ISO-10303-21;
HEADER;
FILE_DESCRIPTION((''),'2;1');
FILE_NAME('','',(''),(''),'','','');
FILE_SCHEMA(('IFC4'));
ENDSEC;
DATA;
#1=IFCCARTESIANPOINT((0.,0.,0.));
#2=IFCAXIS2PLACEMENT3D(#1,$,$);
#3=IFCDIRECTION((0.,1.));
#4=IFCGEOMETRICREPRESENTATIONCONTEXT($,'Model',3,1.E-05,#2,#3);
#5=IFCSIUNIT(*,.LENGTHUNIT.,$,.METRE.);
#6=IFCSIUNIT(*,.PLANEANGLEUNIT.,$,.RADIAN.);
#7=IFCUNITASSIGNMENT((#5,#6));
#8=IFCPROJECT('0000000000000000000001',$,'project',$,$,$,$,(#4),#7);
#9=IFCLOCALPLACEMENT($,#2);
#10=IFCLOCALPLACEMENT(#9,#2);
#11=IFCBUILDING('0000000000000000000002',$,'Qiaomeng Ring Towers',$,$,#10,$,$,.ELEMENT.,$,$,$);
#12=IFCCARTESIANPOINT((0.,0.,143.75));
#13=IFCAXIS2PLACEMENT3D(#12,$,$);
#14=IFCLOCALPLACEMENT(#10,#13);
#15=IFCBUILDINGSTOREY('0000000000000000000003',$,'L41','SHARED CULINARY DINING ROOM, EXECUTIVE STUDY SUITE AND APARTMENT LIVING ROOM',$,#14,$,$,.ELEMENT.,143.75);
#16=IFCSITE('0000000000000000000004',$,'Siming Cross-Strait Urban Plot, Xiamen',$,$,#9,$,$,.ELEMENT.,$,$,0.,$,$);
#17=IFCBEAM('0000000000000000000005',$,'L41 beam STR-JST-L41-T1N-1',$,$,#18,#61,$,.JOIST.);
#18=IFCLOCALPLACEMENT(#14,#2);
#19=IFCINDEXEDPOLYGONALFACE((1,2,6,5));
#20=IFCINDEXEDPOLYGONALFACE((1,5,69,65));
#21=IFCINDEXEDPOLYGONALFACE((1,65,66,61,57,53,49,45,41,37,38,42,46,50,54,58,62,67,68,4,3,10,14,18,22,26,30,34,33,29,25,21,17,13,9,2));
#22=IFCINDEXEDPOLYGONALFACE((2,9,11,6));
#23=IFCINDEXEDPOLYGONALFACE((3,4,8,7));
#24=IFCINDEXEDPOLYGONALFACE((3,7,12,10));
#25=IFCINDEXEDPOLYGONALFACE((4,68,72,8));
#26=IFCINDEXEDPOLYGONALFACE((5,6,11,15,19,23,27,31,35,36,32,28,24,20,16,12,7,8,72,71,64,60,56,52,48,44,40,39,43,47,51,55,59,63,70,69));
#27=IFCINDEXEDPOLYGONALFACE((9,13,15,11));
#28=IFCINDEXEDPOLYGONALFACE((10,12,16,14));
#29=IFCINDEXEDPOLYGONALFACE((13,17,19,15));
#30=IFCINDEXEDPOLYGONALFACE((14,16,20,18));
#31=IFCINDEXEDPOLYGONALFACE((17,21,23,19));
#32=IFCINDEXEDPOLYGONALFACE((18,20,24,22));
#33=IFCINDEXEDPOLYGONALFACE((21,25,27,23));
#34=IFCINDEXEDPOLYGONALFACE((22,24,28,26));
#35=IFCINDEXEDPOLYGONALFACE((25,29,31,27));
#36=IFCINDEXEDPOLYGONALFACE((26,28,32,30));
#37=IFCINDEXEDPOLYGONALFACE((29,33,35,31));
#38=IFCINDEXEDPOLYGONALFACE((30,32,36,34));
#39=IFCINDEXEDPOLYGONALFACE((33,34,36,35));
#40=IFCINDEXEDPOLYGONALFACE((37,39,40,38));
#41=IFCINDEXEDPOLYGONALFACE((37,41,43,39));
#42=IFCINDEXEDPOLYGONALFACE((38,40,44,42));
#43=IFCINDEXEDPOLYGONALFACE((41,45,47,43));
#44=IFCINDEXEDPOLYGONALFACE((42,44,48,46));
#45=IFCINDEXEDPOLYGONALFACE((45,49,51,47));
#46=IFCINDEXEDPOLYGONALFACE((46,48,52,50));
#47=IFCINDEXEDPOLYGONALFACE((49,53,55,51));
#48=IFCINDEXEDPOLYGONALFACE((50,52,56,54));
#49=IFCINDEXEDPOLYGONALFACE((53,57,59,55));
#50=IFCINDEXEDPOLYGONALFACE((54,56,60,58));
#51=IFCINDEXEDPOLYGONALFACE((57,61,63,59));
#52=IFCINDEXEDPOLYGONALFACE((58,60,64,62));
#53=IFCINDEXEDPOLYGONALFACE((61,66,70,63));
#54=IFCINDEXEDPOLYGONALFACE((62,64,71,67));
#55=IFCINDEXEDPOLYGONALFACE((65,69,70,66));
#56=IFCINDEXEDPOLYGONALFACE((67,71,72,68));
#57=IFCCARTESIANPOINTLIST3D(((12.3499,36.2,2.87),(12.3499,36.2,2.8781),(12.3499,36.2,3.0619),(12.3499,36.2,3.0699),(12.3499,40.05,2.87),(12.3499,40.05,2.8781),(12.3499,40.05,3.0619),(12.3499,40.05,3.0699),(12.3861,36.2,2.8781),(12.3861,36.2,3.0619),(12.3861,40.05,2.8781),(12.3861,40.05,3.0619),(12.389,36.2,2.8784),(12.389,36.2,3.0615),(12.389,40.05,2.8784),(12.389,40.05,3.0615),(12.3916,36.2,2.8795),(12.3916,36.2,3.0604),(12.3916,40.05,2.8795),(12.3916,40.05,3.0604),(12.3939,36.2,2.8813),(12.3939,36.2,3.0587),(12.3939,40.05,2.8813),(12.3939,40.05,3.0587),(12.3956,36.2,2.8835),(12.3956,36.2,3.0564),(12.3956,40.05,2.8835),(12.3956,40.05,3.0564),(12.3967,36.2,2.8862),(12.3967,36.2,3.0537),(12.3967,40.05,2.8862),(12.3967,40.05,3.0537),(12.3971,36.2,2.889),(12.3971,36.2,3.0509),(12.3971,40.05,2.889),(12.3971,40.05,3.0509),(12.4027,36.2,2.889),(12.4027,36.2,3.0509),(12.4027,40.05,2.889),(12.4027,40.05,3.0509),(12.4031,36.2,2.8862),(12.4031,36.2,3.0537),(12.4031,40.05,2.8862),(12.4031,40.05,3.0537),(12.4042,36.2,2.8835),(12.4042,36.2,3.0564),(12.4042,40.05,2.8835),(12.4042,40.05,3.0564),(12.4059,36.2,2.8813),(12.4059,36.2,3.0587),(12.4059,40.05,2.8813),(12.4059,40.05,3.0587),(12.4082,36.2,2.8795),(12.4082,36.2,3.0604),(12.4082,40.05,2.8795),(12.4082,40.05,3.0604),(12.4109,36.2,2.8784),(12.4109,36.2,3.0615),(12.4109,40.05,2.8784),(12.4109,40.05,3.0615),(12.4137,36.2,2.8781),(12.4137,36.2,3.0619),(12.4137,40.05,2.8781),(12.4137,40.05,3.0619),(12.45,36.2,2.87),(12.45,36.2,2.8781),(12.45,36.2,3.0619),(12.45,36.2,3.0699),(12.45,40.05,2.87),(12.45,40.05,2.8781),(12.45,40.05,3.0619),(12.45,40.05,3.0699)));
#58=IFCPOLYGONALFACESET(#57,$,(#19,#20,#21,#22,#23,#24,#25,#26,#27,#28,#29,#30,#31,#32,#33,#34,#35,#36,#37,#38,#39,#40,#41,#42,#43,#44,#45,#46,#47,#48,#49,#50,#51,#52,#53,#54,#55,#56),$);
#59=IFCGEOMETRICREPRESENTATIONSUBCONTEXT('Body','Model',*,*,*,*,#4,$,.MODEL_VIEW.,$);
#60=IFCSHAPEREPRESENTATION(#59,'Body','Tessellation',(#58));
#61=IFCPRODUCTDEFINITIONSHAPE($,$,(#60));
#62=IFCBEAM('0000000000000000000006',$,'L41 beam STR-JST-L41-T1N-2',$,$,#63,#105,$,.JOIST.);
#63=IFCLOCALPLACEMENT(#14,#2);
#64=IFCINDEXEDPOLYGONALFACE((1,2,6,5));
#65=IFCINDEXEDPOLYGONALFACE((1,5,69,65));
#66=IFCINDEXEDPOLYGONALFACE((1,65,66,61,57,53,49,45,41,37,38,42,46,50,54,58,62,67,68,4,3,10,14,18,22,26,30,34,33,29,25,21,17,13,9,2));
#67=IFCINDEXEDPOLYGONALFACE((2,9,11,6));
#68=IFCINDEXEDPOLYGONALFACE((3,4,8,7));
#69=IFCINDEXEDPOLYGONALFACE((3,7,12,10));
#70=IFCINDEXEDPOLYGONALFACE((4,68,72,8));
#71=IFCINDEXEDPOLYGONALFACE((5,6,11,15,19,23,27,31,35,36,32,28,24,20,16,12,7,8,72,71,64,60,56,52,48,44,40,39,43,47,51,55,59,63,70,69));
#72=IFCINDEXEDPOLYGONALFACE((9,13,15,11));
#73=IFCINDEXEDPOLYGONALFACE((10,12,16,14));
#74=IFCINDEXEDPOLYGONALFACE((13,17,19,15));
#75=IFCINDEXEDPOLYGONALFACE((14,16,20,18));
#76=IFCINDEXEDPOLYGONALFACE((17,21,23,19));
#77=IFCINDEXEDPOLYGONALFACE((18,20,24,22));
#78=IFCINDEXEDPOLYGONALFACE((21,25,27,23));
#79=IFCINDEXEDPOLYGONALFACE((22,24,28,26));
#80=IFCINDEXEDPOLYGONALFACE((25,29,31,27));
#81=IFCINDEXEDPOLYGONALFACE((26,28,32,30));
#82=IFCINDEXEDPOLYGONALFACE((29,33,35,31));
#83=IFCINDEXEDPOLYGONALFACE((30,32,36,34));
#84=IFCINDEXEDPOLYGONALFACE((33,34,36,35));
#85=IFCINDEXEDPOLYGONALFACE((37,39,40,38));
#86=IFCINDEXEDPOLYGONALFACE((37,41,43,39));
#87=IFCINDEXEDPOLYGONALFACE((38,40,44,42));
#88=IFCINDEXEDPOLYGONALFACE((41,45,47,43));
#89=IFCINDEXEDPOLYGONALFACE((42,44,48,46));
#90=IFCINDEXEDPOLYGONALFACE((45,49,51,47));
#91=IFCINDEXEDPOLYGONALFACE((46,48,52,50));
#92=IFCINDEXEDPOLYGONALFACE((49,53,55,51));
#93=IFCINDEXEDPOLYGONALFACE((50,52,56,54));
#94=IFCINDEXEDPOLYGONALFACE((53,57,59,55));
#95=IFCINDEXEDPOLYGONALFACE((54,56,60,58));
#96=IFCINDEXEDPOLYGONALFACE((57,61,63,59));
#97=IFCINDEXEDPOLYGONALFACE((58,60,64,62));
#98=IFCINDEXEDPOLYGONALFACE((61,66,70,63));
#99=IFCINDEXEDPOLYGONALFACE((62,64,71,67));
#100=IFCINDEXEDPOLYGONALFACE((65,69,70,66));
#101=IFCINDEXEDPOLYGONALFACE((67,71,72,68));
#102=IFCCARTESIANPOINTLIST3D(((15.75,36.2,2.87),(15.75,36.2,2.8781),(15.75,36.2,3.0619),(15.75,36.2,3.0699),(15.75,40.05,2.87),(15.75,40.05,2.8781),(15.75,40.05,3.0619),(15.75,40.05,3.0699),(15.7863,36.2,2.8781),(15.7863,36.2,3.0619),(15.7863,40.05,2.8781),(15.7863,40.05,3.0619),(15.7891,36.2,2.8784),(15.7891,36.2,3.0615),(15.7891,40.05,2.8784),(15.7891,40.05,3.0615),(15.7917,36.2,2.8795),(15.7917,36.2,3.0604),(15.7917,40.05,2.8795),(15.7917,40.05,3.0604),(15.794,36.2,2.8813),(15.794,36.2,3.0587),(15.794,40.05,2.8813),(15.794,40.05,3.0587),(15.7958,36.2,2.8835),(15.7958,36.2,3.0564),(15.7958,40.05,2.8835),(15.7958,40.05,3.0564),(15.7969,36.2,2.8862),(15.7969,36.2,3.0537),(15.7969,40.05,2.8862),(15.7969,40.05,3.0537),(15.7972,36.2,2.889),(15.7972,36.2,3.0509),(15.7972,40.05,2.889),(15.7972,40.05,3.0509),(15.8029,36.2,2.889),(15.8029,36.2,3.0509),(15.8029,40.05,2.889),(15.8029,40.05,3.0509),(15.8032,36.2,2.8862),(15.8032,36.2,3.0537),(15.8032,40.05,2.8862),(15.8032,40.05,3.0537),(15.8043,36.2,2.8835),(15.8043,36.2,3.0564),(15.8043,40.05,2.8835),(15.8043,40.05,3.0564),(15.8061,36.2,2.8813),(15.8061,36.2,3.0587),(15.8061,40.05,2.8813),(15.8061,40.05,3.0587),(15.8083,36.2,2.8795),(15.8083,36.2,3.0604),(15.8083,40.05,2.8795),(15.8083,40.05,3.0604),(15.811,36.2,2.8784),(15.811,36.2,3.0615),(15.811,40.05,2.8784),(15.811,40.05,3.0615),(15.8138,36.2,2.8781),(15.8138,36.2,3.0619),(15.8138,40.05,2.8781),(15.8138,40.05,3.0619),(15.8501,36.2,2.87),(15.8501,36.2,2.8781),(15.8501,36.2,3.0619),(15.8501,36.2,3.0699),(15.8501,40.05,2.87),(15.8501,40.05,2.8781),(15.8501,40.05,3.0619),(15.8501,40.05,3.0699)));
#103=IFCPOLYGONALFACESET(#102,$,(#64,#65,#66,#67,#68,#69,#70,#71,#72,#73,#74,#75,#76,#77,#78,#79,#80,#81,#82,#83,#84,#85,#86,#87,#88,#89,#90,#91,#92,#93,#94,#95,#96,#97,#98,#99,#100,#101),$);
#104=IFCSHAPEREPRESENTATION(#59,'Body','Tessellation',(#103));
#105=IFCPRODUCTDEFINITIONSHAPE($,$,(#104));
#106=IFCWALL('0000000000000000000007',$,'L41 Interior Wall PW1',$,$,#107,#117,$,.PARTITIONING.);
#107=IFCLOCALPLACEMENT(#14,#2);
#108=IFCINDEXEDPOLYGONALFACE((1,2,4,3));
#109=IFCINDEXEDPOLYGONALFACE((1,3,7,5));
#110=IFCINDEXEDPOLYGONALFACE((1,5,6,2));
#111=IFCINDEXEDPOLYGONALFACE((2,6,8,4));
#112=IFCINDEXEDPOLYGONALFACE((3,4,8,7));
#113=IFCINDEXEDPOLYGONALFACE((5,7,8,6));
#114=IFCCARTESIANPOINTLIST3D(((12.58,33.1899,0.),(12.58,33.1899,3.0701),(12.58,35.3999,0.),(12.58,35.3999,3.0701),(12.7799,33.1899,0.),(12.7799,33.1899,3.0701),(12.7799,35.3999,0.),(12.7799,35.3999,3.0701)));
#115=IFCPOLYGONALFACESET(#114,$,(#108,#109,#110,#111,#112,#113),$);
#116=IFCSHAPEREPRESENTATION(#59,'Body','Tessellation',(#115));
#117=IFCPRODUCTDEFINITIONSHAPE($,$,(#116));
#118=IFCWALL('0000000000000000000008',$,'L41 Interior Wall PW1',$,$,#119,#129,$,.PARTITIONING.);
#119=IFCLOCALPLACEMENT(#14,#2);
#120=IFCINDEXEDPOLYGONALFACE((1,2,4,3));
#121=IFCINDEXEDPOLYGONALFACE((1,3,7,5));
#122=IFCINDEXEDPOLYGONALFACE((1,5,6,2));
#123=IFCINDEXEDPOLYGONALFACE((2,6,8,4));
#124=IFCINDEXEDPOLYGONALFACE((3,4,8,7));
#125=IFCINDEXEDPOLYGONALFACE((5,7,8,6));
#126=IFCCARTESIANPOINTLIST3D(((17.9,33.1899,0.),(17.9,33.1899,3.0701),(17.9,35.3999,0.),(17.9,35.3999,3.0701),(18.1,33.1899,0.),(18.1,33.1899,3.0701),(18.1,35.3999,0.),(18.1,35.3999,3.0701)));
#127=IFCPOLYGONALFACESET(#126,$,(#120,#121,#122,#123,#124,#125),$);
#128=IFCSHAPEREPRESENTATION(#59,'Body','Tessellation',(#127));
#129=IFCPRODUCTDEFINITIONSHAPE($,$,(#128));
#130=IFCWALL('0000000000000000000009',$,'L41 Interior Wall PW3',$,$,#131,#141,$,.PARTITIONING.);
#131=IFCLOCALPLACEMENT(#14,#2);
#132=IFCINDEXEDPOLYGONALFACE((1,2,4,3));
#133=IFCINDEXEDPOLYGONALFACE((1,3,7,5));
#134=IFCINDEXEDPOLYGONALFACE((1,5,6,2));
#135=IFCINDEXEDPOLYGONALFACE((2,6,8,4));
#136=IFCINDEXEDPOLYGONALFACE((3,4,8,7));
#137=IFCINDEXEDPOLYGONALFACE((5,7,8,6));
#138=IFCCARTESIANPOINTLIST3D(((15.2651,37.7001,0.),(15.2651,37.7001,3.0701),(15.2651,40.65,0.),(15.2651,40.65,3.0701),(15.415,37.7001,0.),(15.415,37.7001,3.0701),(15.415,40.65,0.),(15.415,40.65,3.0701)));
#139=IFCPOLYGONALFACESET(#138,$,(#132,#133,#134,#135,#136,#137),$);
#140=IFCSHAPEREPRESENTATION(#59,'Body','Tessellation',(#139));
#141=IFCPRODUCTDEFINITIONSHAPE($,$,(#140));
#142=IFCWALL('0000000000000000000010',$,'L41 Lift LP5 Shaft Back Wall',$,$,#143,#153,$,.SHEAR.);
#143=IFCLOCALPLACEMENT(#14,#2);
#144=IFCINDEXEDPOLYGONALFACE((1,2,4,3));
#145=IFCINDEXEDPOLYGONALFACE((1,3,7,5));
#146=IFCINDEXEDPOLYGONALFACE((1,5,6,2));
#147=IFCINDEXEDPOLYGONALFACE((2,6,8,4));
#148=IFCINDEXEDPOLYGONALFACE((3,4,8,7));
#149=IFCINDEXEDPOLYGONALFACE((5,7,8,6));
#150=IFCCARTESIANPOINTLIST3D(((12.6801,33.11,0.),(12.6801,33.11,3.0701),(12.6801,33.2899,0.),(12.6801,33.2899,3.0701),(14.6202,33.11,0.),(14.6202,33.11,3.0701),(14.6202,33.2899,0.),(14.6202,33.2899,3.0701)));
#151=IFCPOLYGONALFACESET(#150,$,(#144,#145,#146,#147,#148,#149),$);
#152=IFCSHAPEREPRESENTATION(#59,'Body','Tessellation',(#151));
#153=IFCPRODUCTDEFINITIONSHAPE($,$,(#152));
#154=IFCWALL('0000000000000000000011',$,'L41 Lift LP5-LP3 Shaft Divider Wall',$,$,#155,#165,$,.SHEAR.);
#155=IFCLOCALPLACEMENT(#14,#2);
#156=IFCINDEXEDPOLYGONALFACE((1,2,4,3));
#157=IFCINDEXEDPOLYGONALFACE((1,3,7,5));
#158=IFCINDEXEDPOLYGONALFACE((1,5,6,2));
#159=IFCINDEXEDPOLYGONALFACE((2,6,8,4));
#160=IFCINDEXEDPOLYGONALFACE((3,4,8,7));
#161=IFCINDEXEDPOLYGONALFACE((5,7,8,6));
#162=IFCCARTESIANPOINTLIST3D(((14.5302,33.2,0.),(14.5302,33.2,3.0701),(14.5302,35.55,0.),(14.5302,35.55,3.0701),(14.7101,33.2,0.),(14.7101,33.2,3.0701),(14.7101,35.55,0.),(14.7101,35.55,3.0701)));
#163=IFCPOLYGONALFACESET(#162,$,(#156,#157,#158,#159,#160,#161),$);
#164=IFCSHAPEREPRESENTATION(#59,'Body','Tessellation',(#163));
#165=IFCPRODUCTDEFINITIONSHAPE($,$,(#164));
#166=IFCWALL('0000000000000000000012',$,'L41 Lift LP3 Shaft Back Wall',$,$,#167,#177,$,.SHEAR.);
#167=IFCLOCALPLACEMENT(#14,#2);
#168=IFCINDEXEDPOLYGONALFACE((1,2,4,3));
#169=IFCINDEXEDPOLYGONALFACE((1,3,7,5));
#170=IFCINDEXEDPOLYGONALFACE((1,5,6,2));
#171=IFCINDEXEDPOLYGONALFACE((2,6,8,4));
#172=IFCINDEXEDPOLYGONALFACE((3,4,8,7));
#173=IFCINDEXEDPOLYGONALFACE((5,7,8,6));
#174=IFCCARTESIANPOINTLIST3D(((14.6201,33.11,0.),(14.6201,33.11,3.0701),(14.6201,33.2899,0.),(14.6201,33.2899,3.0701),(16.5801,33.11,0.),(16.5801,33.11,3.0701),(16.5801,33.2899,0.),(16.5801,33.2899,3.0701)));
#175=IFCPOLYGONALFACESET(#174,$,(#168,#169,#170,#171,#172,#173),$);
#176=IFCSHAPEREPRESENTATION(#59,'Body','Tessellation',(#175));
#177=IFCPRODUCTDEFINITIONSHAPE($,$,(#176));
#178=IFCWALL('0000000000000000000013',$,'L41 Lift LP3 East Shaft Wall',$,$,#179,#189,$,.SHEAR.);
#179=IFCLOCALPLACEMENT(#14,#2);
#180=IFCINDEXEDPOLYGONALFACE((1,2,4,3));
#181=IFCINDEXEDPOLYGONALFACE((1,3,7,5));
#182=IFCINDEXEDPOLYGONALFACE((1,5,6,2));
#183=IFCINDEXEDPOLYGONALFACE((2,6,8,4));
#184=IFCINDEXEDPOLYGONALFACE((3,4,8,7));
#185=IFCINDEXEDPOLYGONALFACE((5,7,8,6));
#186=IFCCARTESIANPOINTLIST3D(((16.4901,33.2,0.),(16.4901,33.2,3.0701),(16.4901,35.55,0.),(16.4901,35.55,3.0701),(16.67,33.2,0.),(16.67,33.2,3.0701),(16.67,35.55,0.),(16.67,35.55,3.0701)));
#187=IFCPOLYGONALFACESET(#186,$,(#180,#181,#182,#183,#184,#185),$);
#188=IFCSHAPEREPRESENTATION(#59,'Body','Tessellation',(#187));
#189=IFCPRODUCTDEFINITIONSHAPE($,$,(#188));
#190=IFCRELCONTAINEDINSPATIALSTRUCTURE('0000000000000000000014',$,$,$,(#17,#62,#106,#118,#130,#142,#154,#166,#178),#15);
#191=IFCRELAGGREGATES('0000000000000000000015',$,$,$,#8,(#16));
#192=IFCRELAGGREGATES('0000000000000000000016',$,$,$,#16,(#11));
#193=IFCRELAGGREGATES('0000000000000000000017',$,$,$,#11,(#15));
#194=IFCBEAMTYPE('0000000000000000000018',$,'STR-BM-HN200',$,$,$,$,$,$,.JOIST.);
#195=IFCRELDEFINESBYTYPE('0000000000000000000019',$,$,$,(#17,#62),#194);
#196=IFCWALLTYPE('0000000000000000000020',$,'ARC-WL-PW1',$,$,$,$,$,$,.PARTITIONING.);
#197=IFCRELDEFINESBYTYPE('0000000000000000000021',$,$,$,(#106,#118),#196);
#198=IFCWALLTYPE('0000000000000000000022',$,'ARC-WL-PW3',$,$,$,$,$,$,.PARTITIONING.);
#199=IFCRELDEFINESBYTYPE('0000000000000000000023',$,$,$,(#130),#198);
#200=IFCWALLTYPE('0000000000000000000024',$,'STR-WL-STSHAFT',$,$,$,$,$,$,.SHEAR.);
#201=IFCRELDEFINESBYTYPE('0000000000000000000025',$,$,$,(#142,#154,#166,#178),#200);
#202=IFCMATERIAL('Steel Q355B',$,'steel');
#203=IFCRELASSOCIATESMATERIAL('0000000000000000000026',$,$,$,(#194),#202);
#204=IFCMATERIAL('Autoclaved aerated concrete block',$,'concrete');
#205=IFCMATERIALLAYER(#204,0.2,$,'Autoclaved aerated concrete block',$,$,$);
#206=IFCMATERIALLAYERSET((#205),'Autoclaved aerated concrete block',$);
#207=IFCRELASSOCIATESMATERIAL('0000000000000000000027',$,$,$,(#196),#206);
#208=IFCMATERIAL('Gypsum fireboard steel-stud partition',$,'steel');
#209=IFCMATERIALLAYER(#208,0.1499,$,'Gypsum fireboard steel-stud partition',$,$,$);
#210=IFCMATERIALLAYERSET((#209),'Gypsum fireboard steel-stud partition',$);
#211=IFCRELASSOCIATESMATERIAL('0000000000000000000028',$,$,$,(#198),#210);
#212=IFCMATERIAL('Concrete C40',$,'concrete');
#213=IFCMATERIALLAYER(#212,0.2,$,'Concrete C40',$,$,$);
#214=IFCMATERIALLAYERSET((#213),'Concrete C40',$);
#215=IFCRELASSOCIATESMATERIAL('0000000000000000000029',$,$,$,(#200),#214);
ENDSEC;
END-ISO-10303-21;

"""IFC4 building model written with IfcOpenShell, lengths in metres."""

from ifc_helpers import new_model, si_unit, direction, frame, frame_2d, origin, origin_2d, place, context, subcontext, project, spatial, rectangle, i_section, extrude, source, transform, mapped, material, layer, layer_set, material_profile, profile_set, type_object, element, save


model = new_model("IFC4")

# Units and contexts
model_context = context("Model", 3, precision=1e-05, world=origin(), true_north=direction((0.0, 1.0)))
body_context = subcontext(model_context, "Body", "Model", "MODEL_VIEW")
ifc_project = project(units=[si_unit("LENGTHUNIT", "METRE"), si_unit("PLANEANGLEUNIT", "RADIAN")], contexts=[model_context])

# Site, building, storey
site_placement = place(None, origin())
site = spatial("IfcSite", under=ifc_project, at=site_placement, Name="Siming Cross-Strait Urban Plot, Xiamen", CompositionType="ELEMENT", RefElevation=0.0)
building_placement = place(site_placement, origin())
building = spatial("IfcBuilding", under=site, at=building_placement, Name="Qiaomeng Ring Towers", CompositionType="ELEMENT")
storey_placement = place(building_placement, frame((0.0, 0.0, 143.75)))
storey = spatial("IfcBuildingStorey", under=building, at=storey_placement, Name="L41", Description="SHARED CULINARY DINING ROOM, EXECUTIVE STUDY SUITE AND APARTMENT LIVING ROOM", CompositionType="ELEMENT", Elevation=143.75)

# Beams
ifc_material_1 = material(Name="Steel Q355B", Category="steel")
ifc_material_profile_1 = material_profile(ifc_material_1, i_section(OverallWidth=0.1001, OverallDepth=0.2, WebThickness=0.0056, FlangeThickness=0.0081, FilletRadius=0.011, at=origin_2d()), Name="HN 200x100x5.5x8")
ifc_profile_set_1 = profile_set([ifc_material_profile_1], Name="Steel Q355B")
beam_type = type_object("IfcBeamType", Name="STR-BM-HN200", PredefinedType="JOIST", material=ifc_profile_set_1)
shared_shape_1 = source(origin(), body_context, "Body", "SweptSolid", [
    extrude(i_section(OverallWidth=0.1001, OverallDepth=0.2, WebThickness=0.0056, FlangeThickness=0.0081, FilletRadius=0.011, at=origin_2d()), origin(), (0.0, 0.0, 1.0), 3.8501),
])
for number, where, z_axis, x_axis, name in (
    (1, (12.3999, 36.2, 2.97), (0.0, 1.0, 0.0), (-1.0, 0.0, 0.0), "L41 beam STR-JST-L41-T1N-1"),
    (2, (15.8, 36.2, 2.97), (0.0, 1.0, 0.0), (-1.0, 0.0, 0.0), "L41 beam STR-JST-L41-T1N-2"),
):
    element("IfcBeam", number, at=place(storey_placement, frame(where, z_axis=z_axis, x_axis=x_axis)), inside=storey, type_object=beam_type, Name=name, PredefinedType="JOIST", context=body_context, shape_type="MappedRepresentation", body=[
        mapped(shared_shape_1, transform((0.0, 0.0, 0.0), x_axis=(1.0, 0.0, 0.0), y_axis=(0.0, 1.0, 0.0), z_axis=(0.0, 0.0, 1.0), scale=1.0)),
    ])

# Walls
ifc_material_2 = material(Name="Autoclaved aerated concrete block", Category="concrete")
ifc_layer_1 = layer(ifc_material_2, 0.2, Name="Autoclaved aerated concrete block")
ifc_layer_set_1 = layer_set([ifc_layer_1], Name="Autoclaved aerated concrete block")
wall_type_1 = type_object("IfcWallType", Name="ARC-WL-PW1", PredefinedType="PARTITIONING", material=ifc_layer_set_1)
for number, where, z_axis, x_axis, name in (
    (3, (12.6799, 33.1899, 0.0), (0.0, 0.0, 1.0), (0.0, 1.0, 0.0), "L41 Interior Wall PW1"),
    (4, (18.0, 33.1899, 0.0), (0.0, 0.0, 1.0), (0.0, 1.0, 0.0), "L41 Interior Wall PW1"),
):
    element("IfcWall", number, at=place(storey_placement, frame(where, z_axis=z_axis, x_axis=x_axis)), inside=storey, type_object=wall_type_1, Name=name, PredefinedType="PARTITIONING", context=body_context, shape_type="SweptSolid", body=[
        extrude(rectangle(XDim=2.21, YDim=0.2, at=frame_2d((1.105, 0.0))), origin(), (0.0, 0.0, 1.0), 3.0701),
    ])
ifc_material_3 = material(Name="Gypsum fireboard steel-stud partition", Category="steel")
ifc_layer_2 = layer(ifc_material_3, 0.1499, Name="Gypsum fireboard steel-stud partition")
ifc_layer_set_2 = layer_set([ifc_layer_2], Name="Gypsum fireboard steel-stud partition")
wall_type_2 = type_object("IfcWallType", Name="ARC-WL-PW3", PredefinedType="PARTITIONING", material=ifc_layer_set_2)
wall_1_placement = place(storey_placement, frame((15.3401, 37.7, 0.0), z_axis=(0.0, 0.0, 1.0), x_axis=(0.0, 1.0, 0.0)))
element("IfcWall", 5, at=wall_1_placement, inside=storey, type_object=wall_type_2, Name="L41 Interior Wall PW3", PredefinedType="PARTITIONING", context=body_context, shape_type="SweptSolid", body=[
    extrude(rectangle(XDim=2.95, YDim=0.1499, at=frame_2d((1.4751, 0.0))), origin(), (0.0, 0.0, 1.0), 3.0701),
])
ifc_material_4 = material(Name="Concrete C40", Category="concrete")
ifc_layer_3 = layer(ifc_material_4, 0.2, Name="Concrete C40")
ifc_layer_set_3 = layer_set([ifc_layer_3], Name="Concrete C40")
wall_type_3 = type_object("IfcWallType", Name="STR-WL-STSHAFT", PredefinedType="SHEAR", material=ifc_layer_set_3)
wall_2_placement = place(storey_placement, frame((12.6799, 33.2, 0.0), z_axis=(0.0, 0.0, 1.0), x_axis=(1.0, 0.0, 0.0)))
element("IfcWall", 6, at=wall_2_placement, inside=storey, type_object=wall_type_3, Name="L41 Lift LP5 Shaft Back Wall", PredefinedType="SHEAR", context=body_context, shape_type="SweptSolid", body=[
    extrude(rectangle(XDim=1.9402, YDim=0.1799, at=frame_2d((0.9702, 0.0))), origin(), (0.0, 0.0, 1.0), 3.0701),
])
wall_3_placement = place(storey_placement, frame((14.6201, 33.2, 0.0), z_axis=(0.0, 0.0, 1.0), x_axis=(0.0, 1.0, 0.0)))
element("IfcWall", 7, at=wall_3_placement, inside=storey, type_object=wall_type_3, Name="L41 Lift LP5-LP3 Shaft Divider Wall", PredefinedType="SHEAR", context=body_context, shape_type="SweptSolid", body=[
    extrude(rectangle(XDim=2.3501, YDim=0.1799, at=frame_2d((1.175, 0.0))), origin(), (0.0, 0.0, 1.0), 3.0701),
])
wall_4_placement = place(storey_placement, frame((14.6201, 33.2, 0.0), z_axis=(0.0, 0.0, 1.0), x_axis=(1.0, 0.0, 0.0)))
element("IfcWall", 8, at=wall_4_placement, inside=storey, type_object=wall_type_3, Name="L41 Lift LP3 Shaft Back Wall", PredefinedType="SHEAR", context=body_context, shape_type="SweptSolid", body=[
    extrude(rectangle(XDim=1.96, YDim=0.1799, at=frame_2d((0.98, 0.0))), origin(), (0.0, 0.0, 1.0), 3.0701),
])
wall_5_placement = place(storey_placement, frame((16.5801, 33.2, 0.0), z_axis=(0.0, 0.0, 1.0), x_axis=(0.0, 1.0, 0.0)))
element("IfcWall", 9, at=wall_5_placement, inside=storey, type_object=wall_type_3, Name="L41 Lift LP3 East Shaft Wall", PredefinedType="SHEAR", context=body_context, shape_type="SweptSolid", body=[
    extrude(rectangle(XDim=2.3501, YDim=0.1799, at=frame_2d((1.175, 0.0))), origin(), (0.0, 0.0, 1.0), 3.0701),
])

save(model, "model.ifc")
